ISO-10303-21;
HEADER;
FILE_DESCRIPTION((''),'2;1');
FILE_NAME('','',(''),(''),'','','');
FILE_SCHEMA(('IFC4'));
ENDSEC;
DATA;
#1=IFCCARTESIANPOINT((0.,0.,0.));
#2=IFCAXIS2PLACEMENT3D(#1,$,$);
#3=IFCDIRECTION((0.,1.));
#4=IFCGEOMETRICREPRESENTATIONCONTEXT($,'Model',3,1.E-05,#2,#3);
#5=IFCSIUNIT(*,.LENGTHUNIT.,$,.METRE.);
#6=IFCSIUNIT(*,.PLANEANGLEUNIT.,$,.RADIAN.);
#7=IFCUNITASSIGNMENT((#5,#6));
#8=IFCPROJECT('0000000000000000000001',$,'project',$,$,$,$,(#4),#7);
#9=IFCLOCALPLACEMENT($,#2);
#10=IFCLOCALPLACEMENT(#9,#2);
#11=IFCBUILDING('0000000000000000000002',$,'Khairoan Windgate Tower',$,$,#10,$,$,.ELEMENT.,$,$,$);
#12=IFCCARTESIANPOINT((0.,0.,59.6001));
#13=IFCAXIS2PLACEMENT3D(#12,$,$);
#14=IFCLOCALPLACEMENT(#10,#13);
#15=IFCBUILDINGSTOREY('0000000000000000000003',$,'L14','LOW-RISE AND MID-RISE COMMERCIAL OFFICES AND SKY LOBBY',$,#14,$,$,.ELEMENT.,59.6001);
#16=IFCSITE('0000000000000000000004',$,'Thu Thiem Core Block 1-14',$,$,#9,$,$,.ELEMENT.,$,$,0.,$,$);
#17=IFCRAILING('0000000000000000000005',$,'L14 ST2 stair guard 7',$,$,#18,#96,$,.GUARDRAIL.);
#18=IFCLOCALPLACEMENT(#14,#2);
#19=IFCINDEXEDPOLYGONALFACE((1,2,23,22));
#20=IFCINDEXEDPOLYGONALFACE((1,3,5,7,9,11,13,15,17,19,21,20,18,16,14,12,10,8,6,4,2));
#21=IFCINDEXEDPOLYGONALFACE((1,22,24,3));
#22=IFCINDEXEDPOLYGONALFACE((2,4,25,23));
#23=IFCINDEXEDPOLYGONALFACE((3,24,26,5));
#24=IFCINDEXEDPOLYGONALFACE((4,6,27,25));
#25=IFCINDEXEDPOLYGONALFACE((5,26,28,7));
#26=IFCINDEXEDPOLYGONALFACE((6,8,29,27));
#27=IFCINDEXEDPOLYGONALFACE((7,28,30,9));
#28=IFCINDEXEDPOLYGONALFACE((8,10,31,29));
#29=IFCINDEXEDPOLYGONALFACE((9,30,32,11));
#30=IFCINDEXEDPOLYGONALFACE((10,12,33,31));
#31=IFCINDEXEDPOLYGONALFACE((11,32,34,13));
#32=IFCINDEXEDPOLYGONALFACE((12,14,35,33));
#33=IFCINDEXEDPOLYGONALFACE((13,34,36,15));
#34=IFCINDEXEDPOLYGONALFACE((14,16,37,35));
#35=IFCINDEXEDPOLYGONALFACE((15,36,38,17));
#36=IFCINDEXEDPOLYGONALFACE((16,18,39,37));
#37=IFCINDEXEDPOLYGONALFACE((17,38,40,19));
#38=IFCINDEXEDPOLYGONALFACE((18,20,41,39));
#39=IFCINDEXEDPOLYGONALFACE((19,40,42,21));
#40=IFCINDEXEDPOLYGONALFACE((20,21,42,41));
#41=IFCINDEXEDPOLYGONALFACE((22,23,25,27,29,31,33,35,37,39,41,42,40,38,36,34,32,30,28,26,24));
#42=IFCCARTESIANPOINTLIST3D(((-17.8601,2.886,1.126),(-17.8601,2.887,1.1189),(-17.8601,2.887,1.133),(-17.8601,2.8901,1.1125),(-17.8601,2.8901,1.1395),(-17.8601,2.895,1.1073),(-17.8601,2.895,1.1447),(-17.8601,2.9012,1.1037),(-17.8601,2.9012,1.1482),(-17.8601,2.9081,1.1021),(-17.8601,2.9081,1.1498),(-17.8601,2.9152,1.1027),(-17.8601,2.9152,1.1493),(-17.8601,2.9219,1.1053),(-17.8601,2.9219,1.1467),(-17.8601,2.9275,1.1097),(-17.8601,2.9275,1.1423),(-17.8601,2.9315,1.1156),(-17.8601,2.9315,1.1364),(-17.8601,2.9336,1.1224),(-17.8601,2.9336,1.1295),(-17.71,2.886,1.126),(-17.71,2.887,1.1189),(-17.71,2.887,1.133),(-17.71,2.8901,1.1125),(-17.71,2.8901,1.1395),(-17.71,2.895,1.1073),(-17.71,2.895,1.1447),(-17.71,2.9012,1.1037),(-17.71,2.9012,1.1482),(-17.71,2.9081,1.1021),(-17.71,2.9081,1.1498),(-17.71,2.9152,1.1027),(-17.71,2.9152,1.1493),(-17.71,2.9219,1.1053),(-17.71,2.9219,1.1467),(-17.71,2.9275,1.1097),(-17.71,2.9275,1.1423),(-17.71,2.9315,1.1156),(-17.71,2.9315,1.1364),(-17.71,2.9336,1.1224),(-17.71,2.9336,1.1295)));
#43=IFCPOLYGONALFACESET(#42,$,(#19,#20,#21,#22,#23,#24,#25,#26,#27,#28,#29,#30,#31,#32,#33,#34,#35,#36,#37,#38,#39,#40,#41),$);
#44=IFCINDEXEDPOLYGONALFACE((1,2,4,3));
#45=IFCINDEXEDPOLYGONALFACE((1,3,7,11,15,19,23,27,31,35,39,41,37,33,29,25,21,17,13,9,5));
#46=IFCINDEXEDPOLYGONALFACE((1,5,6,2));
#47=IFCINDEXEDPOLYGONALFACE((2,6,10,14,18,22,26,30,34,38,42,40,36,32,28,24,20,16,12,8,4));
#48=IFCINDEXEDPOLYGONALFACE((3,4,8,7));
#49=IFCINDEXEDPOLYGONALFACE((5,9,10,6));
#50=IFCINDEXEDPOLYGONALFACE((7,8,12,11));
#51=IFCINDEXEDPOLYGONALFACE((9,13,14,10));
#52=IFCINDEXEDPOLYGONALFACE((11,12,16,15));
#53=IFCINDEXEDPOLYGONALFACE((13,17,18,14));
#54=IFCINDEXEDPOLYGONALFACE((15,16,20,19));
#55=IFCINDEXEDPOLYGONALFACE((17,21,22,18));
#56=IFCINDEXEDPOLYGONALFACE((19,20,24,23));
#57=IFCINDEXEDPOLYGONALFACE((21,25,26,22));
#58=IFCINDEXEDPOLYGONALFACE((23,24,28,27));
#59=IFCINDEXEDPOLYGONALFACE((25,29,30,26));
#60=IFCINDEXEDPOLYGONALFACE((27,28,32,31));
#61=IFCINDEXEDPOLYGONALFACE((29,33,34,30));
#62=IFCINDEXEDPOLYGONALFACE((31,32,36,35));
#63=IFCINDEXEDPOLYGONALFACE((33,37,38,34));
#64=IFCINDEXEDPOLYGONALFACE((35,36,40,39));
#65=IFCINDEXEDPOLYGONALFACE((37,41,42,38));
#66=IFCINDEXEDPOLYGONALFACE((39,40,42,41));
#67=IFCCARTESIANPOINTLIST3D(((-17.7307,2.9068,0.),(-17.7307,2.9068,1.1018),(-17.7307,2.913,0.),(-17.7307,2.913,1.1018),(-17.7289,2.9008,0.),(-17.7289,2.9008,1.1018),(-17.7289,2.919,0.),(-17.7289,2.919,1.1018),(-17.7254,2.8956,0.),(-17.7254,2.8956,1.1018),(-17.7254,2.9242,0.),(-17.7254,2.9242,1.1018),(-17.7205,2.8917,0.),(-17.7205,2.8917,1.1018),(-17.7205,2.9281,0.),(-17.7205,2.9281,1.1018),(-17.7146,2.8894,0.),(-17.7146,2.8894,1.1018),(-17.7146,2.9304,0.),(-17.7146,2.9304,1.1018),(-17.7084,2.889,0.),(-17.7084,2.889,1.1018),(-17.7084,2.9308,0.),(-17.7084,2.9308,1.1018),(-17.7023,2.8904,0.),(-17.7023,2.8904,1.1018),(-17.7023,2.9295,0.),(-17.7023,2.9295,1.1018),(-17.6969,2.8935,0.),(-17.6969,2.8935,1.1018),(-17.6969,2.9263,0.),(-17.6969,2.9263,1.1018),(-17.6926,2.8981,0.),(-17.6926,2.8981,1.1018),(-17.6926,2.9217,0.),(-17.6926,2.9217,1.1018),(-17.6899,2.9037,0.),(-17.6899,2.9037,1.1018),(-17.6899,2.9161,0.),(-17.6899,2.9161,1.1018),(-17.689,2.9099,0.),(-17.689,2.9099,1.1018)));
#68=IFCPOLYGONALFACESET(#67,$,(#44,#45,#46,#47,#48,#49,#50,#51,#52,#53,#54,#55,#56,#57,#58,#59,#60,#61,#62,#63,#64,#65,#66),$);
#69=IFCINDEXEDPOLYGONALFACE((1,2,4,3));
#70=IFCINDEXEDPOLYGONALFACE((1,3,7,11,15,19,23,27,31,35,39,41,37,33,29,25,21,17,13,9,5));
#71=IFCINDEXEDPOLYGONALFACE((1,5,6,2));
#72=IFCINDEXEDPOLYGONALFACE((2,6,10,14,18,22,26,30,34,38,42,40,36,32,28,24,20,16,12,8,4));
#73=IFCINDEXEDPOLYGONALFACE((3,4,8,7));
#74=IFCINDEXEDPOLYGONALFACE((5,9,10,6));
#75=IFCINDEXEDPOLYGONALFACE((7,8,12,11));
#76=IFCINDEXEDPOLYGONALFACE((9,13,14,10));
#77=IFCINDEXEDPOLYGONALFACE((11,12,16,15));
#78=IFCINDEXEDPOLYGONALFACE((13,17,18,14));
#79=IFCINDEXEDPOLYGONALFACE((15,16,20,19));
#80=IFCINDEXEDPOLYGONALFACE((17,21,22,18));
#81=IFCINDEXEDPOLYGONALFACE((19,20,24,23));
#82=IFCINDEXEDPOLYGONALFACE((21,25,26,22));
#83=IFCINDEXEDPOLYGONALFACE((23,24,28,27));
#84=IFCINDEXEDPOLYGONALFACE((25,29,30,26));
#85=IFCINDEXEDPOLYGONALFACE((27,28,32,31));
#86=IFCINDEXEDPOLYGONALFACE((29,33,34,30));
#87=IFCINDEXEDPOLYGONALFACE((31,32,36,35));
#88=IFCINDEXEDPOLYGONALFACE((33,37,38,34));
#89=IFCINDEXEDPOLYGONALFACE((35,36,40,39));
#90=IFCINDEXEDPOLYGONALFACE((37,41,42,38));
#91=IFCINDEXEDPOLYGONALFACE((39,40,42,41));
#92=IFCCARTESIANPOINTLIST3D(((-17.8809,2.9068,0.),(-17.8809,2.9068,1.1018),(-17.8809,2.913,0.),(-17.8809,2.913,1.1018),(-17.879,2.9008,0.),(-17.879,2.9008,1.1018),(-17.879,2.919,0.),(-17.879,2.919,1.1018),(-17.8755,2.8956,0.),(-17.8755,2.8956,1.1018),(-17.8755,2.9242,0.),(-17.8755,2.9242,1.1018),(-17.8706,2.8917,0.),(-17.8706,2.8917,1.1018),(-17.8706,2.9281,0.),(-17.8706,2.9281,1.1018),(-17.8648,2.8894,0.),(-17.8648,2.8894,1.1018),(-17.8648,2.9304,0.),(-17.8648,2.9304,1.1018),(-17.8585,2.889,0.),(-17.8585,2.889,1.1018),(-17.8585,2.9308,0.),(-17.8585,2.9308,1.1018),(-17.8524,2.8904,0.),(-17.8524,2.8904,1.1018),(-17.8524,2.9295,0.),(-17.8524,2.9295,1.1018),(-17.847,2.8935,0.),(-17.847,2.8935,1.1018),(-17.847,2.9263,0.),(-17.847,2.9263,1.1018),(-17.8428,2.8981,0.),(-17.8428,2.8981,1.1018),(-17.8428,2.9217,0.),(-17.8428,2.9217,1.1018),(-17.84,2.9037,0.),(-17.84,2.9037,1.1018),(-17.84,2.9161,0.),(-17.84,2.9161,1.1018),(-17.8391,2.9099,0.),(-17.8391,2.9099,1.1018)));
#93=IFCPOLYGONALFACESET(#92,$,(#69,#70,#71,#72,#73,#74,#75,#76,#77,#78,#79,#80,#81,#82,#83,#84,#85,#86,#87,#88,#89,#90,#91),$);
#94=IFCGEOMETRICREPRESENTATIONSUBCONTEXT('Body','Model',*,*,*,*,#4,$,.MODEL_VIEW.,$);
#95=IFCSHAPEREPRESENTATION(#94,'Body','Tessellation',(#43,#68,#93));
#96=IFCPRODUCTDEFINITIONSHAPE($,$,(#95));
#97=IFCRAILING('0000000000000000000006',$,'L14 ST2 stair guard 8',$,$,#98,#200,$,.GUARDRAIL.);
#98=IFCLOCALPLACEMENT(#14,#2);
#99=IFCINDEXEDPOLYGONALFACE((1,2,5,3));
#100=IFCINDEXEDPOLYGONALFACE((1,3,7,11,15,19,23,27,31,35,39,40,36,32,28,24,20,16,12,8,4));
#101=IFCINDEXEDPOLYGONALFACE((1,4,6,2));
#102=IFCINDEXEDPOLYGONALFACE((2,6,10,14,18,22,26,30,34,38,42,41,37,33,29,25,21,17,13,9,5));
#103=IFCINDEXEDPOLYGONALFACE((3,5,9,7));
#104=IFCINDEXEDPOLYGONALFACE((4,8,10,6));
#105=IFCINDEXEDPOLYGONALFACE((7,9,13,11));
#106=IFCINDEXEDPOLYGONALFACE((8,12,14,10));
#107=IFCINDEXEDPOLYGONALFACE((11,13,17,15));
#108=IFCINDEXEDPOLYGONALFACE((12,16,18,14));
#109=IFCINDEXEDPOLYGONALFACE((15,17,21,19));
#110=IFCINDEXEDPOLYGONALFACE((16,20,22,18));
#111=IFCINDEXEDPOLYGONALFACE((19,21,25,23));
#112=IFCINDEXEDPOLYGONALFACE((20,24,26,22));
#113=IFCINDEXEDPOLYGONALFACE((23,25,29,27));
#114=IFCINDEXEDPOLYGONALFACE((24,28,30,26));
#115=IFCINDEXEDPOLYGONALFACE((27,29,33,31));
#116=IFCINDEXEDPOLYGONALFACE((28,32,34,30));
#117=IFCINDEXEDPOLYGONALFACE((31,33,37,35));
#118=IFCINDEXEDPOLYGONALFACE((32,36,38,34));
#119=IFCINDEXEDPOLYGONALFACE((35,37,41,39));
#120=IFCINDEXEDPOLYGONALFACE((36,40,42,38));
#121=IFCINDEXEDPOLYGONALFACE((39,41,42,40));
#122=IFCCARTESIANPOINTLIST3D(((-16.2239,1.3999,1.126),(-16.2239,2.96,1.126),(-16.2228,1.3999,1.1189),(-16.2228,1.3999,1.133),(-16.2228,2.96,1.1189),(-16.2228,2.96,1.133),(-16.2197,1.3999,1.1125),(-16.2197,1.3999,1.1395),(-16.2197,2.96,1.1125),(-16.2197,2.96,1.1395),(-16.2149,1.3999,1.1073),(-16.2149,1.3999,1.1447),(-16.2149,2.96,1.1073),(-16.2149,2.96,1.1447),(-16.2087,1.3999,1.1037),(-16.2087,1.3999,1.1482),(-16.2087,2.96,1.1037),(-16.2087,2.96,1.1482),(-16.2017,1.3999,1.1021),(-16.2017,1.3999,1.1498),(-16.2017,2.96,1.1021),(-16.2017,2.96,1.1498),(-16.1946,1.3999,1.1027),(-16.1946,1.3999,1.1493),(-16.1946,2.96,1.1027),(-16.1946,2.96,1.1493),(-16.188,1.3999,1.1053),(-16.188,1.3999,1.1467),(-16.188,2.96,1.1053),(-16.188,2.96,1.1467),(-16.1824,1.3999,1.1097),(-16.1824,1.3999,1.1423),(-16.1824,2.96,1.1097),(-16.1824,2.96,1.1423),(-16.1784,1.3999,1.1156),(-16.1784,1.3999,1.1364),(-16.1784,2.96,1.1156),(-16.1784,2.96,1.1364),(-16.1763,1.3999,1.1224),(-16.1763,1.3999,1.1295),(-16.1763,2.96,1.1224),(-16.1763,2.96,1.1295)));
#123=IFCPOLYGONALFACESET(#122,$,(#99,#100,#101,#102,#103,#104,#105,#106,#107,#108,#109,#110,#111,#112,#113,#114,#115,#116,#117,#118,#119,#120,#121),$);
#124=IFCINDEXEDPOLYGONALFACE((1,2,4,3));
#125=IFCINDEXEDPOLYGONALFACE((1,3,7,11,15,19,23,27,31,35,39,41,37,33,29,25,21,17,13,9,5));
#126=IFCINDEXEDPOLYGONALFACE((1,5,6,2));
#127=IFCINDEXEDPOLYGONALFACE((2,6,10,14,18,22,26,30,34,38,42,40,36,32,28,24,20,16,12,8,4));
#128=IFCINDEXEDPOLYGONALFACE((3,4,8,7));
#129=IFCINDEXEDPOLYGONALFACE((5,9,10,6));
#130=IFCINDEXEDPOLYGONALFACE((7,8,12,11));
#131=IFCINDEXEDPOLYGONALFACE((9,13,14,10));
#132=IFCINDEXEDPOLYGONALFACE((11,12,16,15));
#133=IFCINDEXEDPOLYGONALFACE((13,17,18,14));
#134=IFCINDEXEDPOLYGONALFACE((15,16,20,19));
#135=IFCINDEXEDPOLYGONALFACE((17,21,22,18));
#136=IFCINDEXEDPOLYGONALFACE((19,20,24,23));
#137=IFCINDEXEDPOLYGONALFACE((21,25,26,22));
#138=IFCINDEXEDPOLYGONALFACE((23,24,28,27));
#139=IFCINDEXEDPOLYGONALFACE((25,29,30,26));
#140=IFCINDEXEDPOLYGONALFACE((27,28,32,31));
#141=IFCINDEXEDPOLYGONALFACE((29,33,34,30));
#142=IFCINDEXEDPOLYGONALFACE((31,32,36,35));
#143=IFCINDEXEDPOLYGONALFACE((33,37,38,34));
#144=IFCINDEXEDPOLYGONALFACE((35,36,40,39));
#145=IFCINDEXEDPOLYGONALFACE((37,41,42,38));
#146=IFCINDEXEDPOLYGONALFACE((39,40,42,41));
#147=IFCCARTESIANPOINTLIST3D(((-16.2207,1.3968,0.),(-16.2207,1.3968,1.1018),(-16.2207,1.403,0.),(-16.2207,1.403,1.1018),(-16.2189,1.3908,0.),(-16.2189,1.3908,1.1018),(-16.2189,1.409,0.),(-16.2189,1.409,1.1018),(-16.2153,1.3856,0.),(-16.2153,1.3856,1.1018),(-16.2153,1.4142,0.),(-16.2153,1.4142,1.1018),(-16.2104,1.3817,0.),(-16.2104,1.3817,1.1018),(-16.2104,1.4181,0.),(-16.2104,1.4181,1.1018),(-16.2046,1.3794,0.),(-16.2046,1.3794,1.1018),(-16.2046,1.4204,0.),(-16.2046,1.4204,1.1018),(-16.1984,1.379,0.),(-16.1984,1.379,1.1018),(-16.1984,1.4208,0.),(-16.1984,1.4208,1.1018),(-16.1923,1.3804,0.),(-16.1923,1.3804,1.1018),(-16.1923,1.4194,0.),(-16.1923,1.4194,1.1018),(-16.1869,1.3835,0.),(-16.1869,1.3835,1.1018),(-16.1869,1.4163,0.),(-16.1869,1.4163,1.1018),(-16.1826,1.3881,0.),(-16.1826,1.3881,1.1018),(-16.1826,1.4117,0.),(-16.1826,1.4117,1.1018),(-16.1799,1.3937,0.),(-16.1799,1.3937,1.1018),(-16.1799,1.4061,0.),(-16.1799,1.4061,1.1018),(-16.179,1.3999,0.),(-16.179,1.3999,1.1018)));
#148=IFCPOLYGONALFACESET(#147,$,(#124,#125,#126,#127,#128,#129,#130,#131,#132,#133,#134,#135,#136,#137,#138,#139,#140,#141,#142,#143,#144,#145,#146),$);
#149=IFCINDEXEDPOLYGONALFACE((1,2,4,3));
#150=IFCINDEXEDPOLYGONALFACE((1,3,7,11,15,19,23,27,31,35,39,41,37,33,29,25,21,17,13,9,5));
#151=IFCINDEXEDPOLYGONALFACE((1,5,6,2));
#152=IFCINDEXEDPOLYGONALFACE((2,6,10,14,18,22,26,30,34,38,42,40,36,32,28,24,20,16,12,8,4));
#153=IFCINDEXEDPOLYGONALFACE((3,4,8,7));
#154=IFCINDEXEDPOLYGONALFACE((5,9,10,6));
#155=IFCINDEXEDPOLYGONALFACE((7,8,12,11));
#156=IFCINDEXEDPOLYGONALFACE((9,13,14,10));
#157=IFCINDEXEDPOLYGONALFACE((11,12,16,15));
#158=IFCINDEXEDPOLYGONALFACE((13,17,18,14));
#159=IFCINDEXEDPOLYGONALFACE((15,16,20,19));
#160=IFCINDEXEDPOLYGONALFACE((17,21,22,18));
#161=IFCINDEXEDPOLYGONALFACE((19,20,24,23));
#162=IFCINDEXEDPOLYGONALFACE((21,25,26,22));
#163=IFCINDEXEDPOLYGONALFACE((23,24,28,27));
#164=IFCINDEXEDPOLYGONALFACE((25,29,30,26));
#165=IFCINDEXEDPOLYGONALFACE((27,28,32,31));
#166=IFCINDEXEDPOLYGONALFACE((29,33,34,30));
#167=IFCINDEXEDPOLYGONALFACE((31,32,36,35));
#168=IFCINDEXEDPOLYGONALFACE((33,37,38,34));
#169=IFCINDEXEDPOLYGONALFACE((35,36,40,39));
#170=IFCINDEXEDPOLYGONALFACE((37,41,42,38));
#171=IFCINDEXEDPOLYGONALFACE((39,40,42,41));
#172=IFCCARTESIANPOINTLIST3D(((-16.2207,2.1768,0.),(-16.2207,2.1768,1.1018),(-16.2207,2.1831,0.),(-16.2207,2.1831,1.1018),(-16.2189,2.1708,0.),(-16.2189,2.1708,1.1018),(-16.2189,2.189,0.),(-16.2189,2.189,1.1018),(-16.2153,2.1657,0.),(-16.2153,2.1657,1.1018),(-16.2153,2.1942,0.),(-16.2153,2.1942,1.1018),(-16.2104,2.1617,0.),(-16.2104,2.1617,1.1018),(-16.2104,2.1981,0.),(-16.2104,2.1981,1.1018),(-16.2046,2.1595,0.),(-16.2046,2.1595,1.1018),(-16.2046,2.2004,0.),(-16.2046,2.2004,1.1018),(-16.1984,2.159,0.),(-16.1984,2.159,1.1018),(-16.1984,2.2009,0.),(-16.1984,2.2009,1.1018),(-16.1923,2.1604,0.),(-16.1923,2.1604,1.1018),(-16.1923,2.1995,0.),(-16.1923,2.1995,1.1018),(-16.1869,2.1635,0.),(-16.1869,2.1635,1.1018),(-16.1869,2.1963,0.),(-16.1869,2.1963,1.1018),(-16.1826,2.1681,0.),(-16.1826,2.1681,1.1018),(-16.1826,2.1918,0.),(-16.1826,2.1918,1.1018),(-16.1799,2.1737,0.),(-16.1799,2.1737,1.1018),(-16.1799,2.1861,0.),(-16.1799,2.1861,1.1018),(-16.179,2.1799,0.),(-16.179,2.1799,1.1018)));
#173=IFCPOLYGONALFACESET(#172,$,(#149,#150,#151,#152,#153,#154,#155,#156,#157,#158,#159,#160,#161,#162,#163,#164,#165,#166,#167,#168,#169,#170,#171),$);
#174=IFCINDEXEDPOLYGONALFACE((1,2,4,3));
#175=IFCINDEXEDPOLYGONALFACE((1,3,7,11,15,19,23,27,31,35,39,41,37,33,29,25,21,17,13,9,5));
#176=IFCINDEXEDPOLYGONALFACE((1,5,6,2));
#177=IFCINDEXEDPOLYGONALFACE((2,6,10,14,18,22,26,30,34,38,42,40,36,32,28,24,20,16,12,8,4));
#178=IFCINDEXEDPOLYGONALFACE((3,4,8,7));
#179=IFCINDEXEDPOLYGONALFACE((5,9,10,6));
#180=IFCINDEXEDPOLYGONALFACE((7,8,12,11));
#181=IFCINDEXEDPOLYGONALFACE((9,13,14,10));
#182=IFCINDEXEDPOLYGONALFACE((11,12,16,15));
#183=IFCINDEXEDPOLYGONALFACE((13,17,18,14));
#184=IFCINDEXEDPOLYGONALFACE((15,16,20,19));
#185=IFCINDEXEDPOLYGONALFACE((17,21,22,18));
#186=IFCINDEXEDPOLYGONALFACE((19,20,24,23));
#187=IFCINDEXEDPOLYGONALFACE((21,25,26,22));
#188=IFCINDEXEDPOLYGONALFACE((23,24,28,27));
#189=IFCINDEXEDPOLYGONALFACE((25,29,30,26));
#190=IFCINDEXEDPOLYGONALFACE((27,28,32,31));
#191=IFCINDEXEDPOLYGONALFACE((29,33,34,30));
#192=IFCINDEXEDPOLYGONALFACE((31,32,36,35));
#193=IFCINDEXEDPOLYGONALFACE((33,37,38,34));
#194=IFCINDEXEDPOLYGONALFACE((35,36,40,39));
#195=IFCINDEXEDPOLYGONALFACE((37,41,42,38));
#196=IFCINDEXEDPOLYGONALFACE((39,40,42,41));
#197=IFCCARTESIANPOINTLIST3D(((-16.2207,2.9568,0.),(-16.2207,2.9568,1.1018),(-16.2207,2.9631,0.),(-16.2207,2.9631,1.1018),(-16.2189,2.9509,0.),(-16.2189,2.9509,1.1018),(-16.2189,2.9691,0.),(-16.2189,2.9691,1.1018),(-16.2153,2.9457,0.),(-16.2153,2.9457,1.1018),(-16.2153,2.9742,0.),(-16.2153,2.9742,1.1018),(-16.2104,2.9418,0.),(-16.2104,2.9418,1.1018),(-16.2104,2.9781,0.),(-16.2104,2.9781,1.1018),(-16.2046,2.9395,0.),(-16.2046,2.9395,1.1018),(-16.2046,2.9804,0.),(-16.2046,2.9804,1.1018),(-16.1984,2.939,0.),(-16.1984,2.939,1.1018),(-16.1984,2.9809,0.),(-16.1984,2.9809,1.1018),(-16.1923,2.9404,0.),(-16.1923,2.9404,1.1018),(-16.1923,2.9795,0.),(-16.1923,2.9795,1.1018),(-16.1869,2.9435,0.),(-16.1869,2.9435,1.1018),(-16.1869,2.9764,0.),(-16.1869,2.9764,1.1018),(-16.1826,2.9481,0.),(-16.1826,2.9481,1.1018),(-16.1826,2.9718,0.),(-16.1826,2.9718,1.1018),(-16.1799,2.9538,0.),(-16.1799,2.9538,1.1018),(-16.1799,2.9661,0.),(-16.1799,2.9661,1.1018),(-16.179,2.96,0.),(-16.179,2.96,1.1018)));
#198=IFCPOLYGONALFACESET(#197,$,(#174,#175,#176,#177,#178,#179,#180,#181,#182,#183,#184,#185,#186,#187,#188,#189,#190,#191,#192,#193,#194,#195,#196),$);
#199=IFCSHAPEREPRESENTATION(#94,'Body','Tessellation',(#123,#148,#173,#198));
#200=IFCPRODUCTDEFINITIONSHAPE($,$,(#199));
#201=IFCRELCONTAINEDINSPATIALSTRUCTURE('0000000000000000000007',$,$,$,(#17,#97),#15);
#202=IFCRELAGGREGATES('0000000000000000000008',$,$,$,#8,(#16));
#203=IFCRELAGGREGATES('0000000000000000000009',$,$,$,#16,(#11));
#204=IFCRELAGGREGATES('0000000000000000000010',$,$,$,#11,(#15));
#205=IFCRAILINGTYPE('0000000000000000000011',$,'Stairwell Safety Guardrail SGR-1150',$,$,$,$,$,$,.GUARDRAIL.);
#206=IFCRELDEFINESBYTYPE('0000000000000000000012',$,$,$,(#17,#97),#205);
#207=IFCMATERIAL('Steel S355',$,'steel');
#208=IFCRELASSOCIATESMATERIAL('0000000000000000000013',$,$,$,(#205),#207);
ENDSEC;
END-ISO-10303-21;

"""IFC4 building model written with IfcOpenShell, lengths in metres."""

from ifc_helpers import new_model, si_unit, direction, frame, origin, origin_2d, place, context, subcontext, project, spatial, circle, extrude, material, type_object, element, save


model = new_model("IFC4")

# Units and contexts
model_context = context("Model", 3, precision=1e-05, world=origin(), true_north=direction((0.0, 1.0)))
body_context = subcontext(model_context, "Body", "Model", "MODEL_VIEW")
ifc_project = project(units=[si_unit("LENGTHUNIT", "METRE"), si_unit("PLANEANGLEUNIT", "RADIAN")], contexts=[model_context])

# Site, building, storey
site_placement = place(None, origin())
site = spatial("IfcSite", under=ifc_project, at=site_placement, Name="Thu Thiem Core Block 1-14", CompositionType="ELEMENT", RefElevation=0.0)
building_placement = place(site_placement, origin())
building = spatial("IfcBuilding", under=site, at=building_placement, Name="Khairoan Windgate Tower", CompositionType="ELEMENT")
storey_placement = place(building_placement, frame((0.0, 0.0, 59.6001)))
storey = spatial("IfcBuildingStorey", under=building, at=storey_placement, Name="L14", Description="LOW-RISE AND MID-RISE COMMERCIAL OFFICES AND SKY LOBBY", CompositionType="ELEMENT", Elevation=59.6001)

# Railings
ifc_material_1 = material(Name="Steel S355", Category="steel")
railing_type_1 = type_object("IfcRailingType", Name="Stairwell Safety Guardrail SGR-1150", PredefinedType="GUARDRAIL", material=ifc_material_1)
railing_1_placement = place(storey_placement, frame((-17.71, 2.9099, 0.0)))
element("IfcRailing", 1, at=railing_1_placement, inside=storey, type_object=railing_type_1, Name="L14 ST2 stair guard 7", PredefinedType="GUARDRAIL", context=body_context, shape_type="SweptSolid", body=[
    extrude(circle(Radius=0.0239, at=origin_2d()), frame((0.0, 0.0, 1.126), z_axis=(-1.0, 0.0, 0.0), x_axis=(0.0, -1.0, 0.0)), (0.0, 0.0, 1.0), 0.1501),
    extrude(circle(Radius=0.021, at=origin_2d()), origin(), (0.0, 0.0, 1.0), 1.1018),
    extrude(circle(Radius=0.021, at=origin_2d()), frame((-0.1501, 0.0, 0.0)), (0.0, 0.0, 1.0), 1.1018),
])
for number, where, name in (
    (2, (-16.2, 1.3999, 0.0), "L14 ST2 stair guard 8"),
):
    element("IfcRailing", number, at=place(storey_placement, frame(where)), inside=storey, type_object=railing_type_1, Name=name, PredefinedType="GUARDRAIL", context=body_context, shape_type="SweptSolid", body=[
        extrude(circle(Radius=0.0239, at=origin_2d()), frame((0.0, 0.0, 1.126), z_axis=(0.0, 1.0, 0.0), x_axis=(-1.0, 0.0, 0.0)), (0.0, 0.0, 1.0), 1.5601),
        extrude(circle(Radius=0.021, at=origin_2d()), origin(), (0.0, 0.0, 1.0), 1.1018),
        extrude(circle(Radius=0.021, at=origin_2d()), frame((0.0, 0.78, 0.0)), (0.0, 0.0, 1.0), 1.1018),
        extrude(circle(Radius=0.021, at=origin_2d()), frame((0.0, 1.5601, 0.0)), (0.0, 0.0, 1.0), 1.1018),
    ])

save(model, "model.ifc")
